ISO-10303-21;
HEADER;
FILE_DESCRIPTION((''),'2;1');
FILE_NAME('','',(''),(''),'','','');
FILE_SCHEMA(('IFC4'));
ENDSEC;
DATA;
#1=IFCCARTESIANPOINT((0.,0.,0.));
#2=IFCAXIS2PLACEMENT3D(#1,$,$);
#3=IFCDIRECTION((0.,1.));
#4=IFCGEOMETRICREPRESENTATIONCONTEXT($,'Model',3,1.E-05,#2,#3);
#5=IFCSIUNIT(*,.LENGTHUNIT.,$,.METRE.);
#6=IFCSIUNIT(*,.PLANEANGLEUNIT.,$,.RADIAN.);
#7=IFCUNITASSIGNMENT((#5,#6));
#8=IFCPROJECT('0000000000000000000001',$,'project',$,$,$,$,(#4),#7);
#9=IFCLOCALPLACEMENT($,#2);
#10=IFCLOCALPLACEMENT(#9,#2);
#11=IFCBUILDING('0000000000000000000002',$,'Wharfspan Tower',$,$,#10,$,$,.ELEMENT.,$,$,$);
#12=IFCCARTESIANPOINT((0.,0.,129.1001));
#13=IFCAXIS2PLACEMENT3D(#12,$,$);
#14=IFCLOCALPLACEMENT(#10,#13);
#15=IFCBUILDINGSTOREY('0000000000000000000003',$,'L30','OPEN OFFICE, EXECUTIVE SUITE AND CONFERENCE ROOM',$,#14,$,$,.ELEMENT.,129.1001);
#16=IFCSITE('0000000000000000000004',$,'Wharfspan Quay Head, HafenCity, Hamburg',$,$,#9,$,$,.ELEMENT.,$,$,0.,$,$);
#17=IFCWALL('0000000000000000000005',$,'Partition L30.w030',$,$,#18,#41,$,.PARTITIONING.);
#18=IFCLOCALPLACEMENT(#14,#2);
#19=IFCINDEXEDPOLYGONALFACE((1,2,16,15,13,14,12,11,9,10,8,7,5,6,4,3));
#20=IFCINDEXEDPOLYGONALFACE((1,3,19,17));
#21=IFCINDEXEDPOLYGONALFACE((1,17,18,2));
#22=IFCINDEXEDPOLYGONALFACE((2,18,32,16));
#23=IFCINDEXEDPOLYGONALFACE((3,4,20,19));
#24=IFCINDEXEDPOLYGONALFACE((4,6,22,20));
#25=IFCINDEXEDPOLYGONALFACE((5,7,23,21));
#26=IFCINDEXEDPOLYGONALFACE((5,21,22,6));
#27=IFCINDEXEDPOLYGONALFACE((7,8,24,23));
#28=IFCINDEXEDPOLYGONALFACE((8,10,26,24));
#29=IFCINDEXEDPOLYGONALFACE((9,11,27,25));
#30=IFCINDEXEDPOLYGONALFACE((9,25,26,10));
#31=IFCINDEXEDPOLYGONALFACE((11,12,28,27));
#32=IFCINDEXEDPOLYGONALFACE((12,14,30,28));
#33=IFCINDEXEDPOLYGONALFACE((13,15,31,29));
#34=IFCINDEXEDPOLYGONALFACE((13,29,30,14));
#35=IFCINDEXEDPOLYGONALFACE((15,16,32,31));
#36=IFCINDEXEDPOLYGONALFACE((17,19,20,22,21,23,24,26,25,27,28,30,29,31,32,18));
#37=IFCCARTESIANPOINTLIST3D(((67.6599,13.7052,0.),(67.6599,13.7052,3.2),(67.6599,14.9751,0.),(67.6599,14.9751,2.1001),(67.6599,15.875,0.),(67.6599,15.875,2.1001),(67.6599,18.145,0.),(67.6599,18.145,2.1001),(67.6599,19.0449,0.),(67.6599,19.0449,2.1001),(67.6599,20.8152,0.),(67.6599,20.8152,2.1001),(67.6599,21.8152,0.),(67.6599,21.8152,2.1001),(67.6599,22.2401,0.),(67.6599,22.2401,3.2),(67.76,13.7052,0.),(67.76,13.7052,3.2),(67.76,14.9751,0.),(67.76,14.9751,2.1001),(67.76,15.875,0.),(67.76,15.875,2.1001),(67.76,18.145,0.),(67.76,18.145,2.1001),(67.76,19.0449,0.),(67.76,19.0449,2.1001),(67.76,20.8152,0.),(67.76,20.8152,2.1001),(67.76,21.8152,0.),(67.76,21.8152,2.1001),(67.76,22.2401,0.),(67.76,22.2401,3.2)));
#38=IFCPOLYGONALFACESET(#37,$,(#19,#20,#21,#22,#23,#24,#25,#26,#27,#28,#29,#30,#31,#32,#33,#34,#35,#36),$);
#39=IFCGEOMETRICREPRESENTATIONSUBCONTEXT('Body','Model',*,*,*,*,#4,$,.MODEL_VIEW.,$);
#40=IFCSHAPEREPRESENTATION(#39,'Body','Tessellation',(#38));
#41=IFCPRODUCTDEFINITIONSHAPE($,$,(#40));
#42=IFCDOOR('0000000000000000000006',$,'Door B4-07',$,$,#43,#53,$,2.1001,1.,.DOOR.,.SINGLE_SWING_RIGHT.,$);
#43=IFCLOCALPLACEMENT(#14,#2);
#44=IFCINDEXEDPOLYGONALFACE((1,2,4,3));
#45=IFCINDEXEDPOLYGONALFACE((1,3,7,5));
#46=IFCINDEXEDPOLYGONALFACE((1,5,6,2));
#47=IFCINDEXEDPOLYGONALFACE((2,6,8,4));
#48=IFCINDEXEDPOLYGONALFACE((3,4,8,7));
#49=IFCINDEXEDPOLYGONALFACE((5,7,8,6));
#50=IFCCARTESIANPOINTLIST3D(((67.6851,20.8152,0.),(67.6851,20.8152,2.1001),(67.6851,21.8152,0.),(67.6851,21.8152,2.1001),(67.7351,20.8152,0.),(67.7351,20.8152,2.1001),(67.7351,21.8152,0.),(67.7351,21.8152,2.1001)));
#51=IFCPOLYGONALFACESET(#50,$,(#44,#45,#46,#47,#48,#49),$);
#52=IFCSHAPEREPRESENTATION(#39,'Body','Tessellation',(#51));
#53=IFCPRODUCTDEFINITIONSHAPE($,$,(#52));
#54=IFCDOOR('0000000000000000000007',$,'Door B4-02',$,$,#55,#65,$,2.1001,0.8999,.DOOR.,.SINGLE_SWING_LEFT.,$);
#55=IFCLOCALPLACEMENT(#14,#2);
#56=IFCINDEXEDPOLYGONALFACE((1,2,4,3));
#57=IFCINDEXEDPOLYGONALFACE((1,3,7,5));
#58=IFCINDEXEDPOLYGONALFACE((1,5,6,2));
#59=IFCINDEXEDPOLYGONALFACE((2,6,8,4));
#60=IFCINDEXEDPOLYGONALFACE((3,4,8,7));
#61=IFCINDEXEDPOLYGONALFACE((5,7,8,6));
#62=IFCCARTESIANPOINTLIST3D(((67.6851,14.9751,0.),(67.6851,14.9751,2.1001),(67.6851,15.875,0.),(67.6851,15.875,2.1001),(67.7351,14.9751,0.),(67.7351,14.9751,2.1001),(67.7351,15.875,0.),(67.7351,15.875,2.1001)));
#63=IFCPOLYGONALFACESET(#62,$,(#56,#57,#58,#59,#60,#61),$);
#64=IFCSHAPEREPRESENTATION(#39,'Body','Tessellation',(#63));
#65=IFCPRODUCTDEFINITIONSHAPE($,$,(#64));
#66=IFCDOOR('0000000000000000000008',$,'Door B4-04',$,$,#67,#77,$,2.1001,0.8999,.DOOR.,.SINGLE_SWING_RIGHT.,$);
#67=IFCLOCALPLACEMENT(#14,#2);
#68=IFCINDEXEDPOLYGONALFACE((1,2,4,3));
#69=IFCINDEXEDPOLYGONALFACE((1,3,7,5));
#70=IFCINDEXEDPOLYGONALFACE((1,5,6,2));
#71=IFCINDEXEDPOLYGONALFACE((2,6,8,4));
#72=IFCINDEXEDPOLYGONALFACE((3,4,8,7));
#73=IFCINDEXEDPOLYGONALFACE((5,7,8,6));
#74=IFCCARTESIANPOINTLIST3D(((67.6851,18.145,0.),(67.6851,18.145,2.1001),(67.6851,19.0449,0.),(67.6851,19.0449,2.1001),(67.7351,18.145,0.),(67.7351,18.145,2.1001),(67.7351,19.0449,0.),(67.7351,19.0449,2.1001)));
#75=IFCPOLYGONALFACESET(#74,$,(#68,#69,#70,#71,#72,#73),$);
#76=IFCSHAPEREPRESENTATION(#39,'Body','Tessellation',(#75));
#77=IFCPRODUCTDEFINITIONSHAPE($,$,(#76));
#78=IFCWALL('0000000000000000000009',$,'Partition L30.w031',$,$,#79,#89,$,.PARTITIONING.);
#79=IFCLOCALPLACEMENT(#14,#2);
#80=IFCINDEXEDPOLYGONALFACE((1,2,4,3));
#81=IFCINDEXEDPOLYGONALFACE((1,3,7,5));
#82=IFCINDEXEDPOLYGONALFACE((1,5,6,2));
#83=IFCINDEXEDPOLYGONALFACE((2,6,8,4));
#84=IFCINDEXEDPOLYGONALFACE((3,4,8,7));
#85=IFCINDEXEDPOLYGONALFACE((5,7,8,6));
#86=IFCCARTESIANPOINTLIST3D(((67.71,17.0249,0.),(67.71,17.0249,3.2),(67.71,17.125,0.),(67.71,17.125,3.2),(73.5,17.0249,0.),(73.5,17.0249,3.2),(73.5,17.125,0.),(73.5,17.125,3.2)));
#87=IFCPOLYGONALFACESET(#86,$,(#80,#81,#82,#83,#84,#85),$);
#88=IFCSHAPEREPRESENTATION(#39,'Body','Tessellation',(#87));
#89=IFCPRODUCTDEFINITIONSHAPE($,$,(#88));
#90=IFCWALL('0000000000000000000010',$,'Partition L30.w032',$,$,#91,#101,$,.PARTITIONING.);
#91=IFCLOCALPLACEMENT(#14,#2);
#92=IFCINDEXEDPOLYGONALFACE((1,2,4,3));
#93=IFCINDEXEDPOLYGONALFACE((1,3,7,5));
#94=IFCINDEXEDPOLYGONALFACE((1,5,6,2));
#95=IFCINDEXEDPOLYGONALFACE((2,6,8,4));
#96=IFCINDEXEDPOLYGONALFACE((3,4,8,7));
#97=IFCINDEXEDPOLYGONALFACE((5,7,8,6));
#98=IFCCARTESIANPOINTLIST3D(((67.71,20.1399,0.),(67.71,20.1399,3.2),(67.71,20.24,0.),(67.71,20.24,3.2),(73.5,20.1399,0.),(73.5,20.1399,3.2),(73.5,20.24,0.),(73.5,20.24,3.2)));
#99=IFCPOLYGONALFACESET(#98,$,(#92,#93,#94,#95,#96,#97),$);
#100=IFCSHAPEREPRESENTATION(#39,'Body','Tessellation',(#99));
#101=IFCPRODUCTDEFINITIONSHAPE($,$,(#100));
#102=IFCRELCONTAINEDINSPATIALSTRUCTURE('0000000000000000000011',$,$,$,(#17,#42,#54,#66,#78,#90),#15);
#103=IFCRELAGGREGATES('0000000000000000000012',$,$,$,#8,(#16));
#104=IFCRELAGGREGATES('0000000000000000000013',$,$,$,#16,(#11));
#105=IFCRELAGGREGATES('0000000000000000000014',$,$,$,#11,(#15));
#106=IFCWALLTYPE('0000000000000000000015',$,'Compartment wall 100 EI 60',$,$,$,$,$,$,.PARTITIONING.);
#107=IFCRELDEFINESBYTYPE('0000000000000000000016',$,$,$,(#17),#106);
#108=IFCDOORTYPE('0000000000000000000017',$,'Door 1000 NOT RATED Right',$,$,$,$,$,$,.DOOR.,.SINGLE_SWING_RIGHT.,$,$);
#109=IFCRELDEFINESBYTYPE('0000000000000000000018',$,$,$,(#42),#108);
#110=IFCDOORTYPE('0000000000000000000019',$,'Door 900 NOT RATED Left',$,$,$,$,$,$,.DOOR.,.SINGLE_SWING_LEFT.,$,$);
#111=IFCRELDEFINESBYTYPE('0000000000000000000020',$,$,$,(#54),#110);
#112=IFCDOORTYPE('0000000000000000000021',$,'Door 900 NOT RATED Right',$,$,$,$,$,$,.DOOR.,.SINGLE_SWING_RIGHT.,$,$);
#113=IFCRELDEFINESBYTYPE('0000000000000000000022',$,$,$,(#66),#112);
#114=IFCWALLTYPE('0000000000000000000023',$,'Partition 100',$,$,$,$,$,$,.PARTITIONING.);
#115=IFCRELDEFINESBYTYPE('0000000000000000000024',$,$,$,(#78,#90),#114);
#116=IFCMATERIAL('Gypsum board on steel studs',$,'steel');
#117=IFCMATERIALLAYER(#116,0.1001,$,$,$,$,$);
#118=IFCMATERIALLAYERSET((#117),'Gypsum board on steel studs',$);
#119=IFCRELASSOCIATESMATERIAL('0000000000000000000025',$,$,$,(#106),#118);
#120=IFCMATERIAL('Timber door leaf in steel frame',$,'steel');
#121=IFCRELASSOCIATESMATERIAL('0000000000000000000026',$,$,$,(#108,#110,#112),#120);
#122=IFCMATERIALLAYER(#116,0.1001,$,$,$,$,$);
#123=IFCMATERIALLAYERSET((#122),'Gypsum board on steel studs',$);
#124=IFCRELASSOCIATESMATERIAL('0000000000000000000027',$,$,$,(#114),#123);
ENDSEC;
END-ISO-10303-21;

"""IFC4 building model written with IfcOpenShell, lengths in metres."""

from ifc_helpers import new_model, si_unit, direction, frame, frame_2d, origin, place, context, subcontext, project, spatial, rectangle, extrude, material, layer, layer_set, type_object, element, fill, save


model = new_model("IFC4")

# Units and contexts
model_context = context("Model", 3, precision=1e-05, world=origin(), true_north=direction((0.0, 1.0)))
body_context = subcontext(model_context, "Body", "Model", "MODEL_VIEW")
ifc_project = project(units=[si_unit("LENGTHUNIT", "METRE"), si_unit("PLANEANGLEUNIT", "RADIAN")], contexts=[model_context])

# Site, building, storey
site_placement = place(None, origin())
site = spatial("IfcSite", under=ifc_project, at=site_placement, Name="Wharfspan Quay Head, HafenCity, Hamburg", CompositionType="ELEMENT", RefElevation=0.0)
building_placement = place(site_placement, origin())
building = spatial("IfcBuilding", under=site, at=building_placement, Name="Wharfspan Tower", CompositionType="ELEMENT")
storey_placement = place(building_placement, frame((0.0, 0.0, 129.1001)))
storey = spatial("IfcBuildingStorey", under=building, at=storey_placement, Name="L30", Description="OPEN OFFICE, EXECUTIVE SUITE AND CONFERENCE ROOM", CompositionType="ELEMENT", Elevation=129.1001)

# Shared definitions
ifc_material_1 = material(Name="Gypsum board on steel studs", Category="steel")
ifc_layer_1 = layer(ifc_material_1, 0.1001)
ifc_layer_set_1 = layer_set([ifc_layer_1], Name="Gypsum board on steel studs")
wall_type_1 = type_object("IfcWallType", Name="Compartment wall 100 EI 60", PredefinedType="PARTITIONING", material=ifc_layer_set_1)

# Wall, openings, doors
wall_1_placement = place(storey_placement, frame((67.71, 13.7051, 0.0), z_axis=(0.0, 0.0, 1.0), x_axis=(0.0, 1.0, 0.0)))
wall_1 = element("IfcWall", 1, at=wall_1_placement, inside=storey, type_object=wall_type_1, Name="Partition L30.w030", PredefinedType="PARTITIONING", context=body_context, shape_type="SweptSolid", body=[
    extrude(rectangle(XDim=8.5349, YDim=0.1001, at=frame_2d((4.2676, 0.0))), origin(), (0.0, 0.0, 1.0), 3.2),
])
opening_1_placement = place(wall_1_placement, frame((1.27, 0.0, 0.0)))
opening_1 = element("IfcOpeningElement", 2, at=opening_1_placement, cuts=wall_1, PredefinedType="OPENING", context=body_context, shape_type="SweptSolid", body=[
    extrude(rectangle(XDim=0.8999, YDim=2.1001, at=frame_2d((0.45, 1.05))), frame((0.0, 0.0601, 0.0), z_axis=(0.0, -1.0, 0.0), x_axis=(1.0, 0.0, 0.0)), (0.0, 0.0, 1.0), 0.1201),
])
opening_2_placement = place(wall_1_placement, frame((4.4399, 0.0, 0.0)))
opening_2 = element("IfcOpeningElement", 3, at=opening_2_placement, cuts=wall_1, PredefinedType="OPENING", context=body_context, shape_type="SweptSolid", body=[
    extrude(rectangle(XDim=0.8999, YDim=2.1001, at=frame_2d((0.45, 1.05))), frame((0.0, 0.0601, 0.0), z_axis=(0.0, -1.0, 0.0), x_axis=(1.0, 0.0, 0.0)), (0.0, 0.0, 1.0), 0.1201),
])
opening_3_placement = place(wall_1_placement, frame((7.1101, 0.0, 0.0)))
opening_3 = element("IfcOpeningElement", 4, at=opening_3_placement, cuts=wall_1, PredefinedType="OPENING", context=body_context, shape_type="SweptSolid", body=[
    extrude(rectangle(XDim=1.0, YDim=2.1001, at=frame_2d((0.5, 1.05))), frame((0.0, 0.0601, 0.0), z_axis=(0.0, -1.0, 0.0), x_axis=(1.0, 0.0, 0.0)), (0.0, 0.0, 1.0), 0.1201),
])
ifc_material_2 = material(Name="Timber door leaf in steel frame", Category="steel")
door_type_1 = type_object("IfcDoorType", Name="Door 1000 NOT RATED Right", OperationType="SINGLE_SWING_RIGHT", PredefinedType="DOOR", material=ifc_material_2)
door_1_placement = place(opening_3_placement, origin())
door_1 = element("IfcDoor", 5, at=door_1_placement, inside=storey, type_object=door_type_1, Name="Door B4-07", OperationType="SINGLE_SWING_RIGHT", OverallHeight=2.1001, OverallWidth=1.0, PredefinedType="DOOR", context=body_context, shape_type="SweptSolid", body=[
    extrude(rectangle(XDim=1.0, YDim=2.1001, at=frame_2d((0.5, 1.05))), frame((0.0, 0.0249, 0.0), z_axis=(0.0, -1.0, 0.0), x_axis=(1.0, 0.0, 0.0)), (0.0, 0.0, 1.0), 0.05),
])
fill(opening_3, door_1)
door_type_2 = type_object("IfcDoorType", Name="Door 900 NOT RATED Left", OperationType="SINGLE_SWING_LEFT", PredefinedType="DOOR", material=ifc_material_2)
door_2_placement = place(opening_1_placement, origin())
door_2 = element("IfcDoor", 6, at=door_2_placement, inside=storey, type_object=door_type_2, Name="Door B4-02", OperationType="SINGLE_SWING_LEFT", OverallHeight=2.1001, OverallWidth=0.8999, PredefinedType="DOOR", context=body_context, shape_type="SweptSolid", body=[
    extrude(rectangle(XDim=0.8999, YDim=2.1001, at=frame_2d((0.45, 1.05))), frame((0.0, 0.0249, 0.0), z_axis=(0.0, -1.0, 0.0), x_axis=(1.0, 0.0, 0.0)), (0.0, 0.0, 1.0), 0.05),
])
fill(opening_1, door_2)
door_type_3 = type_object("IfcDoorType", Name="Door 900 NOT RATED Right", OperationType="SINGLE_SWING_RIGHT", PredefinedType="DOOR", material=ifc_material_2)
door_3_placement = place(opening_2_placement, origin())
door_3 = element("IfcDoor", 7, at=door_3_placement, inside=storey, type_object=door_type_3, Name="Door B4-04", OperationType="SINGLE_SWING_RIGHT", OverallHeight=2.1001, OverallWidth=0.8999, PredefinedType="DOOR", context=body_context, shape_type="SweptSolid", body=[
    extrude(rectangle(XDim=0.8999, YDim=2.1001, at=frame_2d((0.45, 1.05))), frame((0.0, 0.0249, 0.0), z_axis=(0.0, -1.0, 0.0), x_axis=(1.0, 0.0, 0.0)), (0.0, 0.0, 1.0), 0.05),
])
fill(opening_2, door_3)

# Walls
ifc_layer_2 = layer(ifc_material_1, 0.1001)
ifc_layer_set_2 = layer_set([ifc_layer_2], Name="Gypsum board on steel studs")
wall_type_2 = type_object("IfcWallType", Name="Partition 100", PredefinedType="PARTITIONING", material=ifc_layer_set_2)
for number, where, z_axis, x_axis, name in (
    (8, (67.71, 17.075, 0.0), (0.0, 0.0, 1.0), (1.0, 0.0, 0.0), "Partition L30.w031"),
    (9, (67.71, 20.1899, 0.0), (0.0, 0.0, 1.0), (1.0, 0.0, 0.0), "Partition L30.w032"),
):
    element("IfcWall", number, at=place(storey_placement, frame(where, z_axis=z_axis, x_axis=x_axis)), inside=storey, type_object=wall_type_2, Name=name, PredefinedType="PARTITIONING", context=body_context, shape_type="SweptSolid", body=[
        extrude(rectangle(XDim=5.79, YDim=0.1001, at=frame_2d((2.895, 0.0))), origin(), (0.0, 0.0, 1.0), 3.2),
    ])

save(model, "model.ifc")
